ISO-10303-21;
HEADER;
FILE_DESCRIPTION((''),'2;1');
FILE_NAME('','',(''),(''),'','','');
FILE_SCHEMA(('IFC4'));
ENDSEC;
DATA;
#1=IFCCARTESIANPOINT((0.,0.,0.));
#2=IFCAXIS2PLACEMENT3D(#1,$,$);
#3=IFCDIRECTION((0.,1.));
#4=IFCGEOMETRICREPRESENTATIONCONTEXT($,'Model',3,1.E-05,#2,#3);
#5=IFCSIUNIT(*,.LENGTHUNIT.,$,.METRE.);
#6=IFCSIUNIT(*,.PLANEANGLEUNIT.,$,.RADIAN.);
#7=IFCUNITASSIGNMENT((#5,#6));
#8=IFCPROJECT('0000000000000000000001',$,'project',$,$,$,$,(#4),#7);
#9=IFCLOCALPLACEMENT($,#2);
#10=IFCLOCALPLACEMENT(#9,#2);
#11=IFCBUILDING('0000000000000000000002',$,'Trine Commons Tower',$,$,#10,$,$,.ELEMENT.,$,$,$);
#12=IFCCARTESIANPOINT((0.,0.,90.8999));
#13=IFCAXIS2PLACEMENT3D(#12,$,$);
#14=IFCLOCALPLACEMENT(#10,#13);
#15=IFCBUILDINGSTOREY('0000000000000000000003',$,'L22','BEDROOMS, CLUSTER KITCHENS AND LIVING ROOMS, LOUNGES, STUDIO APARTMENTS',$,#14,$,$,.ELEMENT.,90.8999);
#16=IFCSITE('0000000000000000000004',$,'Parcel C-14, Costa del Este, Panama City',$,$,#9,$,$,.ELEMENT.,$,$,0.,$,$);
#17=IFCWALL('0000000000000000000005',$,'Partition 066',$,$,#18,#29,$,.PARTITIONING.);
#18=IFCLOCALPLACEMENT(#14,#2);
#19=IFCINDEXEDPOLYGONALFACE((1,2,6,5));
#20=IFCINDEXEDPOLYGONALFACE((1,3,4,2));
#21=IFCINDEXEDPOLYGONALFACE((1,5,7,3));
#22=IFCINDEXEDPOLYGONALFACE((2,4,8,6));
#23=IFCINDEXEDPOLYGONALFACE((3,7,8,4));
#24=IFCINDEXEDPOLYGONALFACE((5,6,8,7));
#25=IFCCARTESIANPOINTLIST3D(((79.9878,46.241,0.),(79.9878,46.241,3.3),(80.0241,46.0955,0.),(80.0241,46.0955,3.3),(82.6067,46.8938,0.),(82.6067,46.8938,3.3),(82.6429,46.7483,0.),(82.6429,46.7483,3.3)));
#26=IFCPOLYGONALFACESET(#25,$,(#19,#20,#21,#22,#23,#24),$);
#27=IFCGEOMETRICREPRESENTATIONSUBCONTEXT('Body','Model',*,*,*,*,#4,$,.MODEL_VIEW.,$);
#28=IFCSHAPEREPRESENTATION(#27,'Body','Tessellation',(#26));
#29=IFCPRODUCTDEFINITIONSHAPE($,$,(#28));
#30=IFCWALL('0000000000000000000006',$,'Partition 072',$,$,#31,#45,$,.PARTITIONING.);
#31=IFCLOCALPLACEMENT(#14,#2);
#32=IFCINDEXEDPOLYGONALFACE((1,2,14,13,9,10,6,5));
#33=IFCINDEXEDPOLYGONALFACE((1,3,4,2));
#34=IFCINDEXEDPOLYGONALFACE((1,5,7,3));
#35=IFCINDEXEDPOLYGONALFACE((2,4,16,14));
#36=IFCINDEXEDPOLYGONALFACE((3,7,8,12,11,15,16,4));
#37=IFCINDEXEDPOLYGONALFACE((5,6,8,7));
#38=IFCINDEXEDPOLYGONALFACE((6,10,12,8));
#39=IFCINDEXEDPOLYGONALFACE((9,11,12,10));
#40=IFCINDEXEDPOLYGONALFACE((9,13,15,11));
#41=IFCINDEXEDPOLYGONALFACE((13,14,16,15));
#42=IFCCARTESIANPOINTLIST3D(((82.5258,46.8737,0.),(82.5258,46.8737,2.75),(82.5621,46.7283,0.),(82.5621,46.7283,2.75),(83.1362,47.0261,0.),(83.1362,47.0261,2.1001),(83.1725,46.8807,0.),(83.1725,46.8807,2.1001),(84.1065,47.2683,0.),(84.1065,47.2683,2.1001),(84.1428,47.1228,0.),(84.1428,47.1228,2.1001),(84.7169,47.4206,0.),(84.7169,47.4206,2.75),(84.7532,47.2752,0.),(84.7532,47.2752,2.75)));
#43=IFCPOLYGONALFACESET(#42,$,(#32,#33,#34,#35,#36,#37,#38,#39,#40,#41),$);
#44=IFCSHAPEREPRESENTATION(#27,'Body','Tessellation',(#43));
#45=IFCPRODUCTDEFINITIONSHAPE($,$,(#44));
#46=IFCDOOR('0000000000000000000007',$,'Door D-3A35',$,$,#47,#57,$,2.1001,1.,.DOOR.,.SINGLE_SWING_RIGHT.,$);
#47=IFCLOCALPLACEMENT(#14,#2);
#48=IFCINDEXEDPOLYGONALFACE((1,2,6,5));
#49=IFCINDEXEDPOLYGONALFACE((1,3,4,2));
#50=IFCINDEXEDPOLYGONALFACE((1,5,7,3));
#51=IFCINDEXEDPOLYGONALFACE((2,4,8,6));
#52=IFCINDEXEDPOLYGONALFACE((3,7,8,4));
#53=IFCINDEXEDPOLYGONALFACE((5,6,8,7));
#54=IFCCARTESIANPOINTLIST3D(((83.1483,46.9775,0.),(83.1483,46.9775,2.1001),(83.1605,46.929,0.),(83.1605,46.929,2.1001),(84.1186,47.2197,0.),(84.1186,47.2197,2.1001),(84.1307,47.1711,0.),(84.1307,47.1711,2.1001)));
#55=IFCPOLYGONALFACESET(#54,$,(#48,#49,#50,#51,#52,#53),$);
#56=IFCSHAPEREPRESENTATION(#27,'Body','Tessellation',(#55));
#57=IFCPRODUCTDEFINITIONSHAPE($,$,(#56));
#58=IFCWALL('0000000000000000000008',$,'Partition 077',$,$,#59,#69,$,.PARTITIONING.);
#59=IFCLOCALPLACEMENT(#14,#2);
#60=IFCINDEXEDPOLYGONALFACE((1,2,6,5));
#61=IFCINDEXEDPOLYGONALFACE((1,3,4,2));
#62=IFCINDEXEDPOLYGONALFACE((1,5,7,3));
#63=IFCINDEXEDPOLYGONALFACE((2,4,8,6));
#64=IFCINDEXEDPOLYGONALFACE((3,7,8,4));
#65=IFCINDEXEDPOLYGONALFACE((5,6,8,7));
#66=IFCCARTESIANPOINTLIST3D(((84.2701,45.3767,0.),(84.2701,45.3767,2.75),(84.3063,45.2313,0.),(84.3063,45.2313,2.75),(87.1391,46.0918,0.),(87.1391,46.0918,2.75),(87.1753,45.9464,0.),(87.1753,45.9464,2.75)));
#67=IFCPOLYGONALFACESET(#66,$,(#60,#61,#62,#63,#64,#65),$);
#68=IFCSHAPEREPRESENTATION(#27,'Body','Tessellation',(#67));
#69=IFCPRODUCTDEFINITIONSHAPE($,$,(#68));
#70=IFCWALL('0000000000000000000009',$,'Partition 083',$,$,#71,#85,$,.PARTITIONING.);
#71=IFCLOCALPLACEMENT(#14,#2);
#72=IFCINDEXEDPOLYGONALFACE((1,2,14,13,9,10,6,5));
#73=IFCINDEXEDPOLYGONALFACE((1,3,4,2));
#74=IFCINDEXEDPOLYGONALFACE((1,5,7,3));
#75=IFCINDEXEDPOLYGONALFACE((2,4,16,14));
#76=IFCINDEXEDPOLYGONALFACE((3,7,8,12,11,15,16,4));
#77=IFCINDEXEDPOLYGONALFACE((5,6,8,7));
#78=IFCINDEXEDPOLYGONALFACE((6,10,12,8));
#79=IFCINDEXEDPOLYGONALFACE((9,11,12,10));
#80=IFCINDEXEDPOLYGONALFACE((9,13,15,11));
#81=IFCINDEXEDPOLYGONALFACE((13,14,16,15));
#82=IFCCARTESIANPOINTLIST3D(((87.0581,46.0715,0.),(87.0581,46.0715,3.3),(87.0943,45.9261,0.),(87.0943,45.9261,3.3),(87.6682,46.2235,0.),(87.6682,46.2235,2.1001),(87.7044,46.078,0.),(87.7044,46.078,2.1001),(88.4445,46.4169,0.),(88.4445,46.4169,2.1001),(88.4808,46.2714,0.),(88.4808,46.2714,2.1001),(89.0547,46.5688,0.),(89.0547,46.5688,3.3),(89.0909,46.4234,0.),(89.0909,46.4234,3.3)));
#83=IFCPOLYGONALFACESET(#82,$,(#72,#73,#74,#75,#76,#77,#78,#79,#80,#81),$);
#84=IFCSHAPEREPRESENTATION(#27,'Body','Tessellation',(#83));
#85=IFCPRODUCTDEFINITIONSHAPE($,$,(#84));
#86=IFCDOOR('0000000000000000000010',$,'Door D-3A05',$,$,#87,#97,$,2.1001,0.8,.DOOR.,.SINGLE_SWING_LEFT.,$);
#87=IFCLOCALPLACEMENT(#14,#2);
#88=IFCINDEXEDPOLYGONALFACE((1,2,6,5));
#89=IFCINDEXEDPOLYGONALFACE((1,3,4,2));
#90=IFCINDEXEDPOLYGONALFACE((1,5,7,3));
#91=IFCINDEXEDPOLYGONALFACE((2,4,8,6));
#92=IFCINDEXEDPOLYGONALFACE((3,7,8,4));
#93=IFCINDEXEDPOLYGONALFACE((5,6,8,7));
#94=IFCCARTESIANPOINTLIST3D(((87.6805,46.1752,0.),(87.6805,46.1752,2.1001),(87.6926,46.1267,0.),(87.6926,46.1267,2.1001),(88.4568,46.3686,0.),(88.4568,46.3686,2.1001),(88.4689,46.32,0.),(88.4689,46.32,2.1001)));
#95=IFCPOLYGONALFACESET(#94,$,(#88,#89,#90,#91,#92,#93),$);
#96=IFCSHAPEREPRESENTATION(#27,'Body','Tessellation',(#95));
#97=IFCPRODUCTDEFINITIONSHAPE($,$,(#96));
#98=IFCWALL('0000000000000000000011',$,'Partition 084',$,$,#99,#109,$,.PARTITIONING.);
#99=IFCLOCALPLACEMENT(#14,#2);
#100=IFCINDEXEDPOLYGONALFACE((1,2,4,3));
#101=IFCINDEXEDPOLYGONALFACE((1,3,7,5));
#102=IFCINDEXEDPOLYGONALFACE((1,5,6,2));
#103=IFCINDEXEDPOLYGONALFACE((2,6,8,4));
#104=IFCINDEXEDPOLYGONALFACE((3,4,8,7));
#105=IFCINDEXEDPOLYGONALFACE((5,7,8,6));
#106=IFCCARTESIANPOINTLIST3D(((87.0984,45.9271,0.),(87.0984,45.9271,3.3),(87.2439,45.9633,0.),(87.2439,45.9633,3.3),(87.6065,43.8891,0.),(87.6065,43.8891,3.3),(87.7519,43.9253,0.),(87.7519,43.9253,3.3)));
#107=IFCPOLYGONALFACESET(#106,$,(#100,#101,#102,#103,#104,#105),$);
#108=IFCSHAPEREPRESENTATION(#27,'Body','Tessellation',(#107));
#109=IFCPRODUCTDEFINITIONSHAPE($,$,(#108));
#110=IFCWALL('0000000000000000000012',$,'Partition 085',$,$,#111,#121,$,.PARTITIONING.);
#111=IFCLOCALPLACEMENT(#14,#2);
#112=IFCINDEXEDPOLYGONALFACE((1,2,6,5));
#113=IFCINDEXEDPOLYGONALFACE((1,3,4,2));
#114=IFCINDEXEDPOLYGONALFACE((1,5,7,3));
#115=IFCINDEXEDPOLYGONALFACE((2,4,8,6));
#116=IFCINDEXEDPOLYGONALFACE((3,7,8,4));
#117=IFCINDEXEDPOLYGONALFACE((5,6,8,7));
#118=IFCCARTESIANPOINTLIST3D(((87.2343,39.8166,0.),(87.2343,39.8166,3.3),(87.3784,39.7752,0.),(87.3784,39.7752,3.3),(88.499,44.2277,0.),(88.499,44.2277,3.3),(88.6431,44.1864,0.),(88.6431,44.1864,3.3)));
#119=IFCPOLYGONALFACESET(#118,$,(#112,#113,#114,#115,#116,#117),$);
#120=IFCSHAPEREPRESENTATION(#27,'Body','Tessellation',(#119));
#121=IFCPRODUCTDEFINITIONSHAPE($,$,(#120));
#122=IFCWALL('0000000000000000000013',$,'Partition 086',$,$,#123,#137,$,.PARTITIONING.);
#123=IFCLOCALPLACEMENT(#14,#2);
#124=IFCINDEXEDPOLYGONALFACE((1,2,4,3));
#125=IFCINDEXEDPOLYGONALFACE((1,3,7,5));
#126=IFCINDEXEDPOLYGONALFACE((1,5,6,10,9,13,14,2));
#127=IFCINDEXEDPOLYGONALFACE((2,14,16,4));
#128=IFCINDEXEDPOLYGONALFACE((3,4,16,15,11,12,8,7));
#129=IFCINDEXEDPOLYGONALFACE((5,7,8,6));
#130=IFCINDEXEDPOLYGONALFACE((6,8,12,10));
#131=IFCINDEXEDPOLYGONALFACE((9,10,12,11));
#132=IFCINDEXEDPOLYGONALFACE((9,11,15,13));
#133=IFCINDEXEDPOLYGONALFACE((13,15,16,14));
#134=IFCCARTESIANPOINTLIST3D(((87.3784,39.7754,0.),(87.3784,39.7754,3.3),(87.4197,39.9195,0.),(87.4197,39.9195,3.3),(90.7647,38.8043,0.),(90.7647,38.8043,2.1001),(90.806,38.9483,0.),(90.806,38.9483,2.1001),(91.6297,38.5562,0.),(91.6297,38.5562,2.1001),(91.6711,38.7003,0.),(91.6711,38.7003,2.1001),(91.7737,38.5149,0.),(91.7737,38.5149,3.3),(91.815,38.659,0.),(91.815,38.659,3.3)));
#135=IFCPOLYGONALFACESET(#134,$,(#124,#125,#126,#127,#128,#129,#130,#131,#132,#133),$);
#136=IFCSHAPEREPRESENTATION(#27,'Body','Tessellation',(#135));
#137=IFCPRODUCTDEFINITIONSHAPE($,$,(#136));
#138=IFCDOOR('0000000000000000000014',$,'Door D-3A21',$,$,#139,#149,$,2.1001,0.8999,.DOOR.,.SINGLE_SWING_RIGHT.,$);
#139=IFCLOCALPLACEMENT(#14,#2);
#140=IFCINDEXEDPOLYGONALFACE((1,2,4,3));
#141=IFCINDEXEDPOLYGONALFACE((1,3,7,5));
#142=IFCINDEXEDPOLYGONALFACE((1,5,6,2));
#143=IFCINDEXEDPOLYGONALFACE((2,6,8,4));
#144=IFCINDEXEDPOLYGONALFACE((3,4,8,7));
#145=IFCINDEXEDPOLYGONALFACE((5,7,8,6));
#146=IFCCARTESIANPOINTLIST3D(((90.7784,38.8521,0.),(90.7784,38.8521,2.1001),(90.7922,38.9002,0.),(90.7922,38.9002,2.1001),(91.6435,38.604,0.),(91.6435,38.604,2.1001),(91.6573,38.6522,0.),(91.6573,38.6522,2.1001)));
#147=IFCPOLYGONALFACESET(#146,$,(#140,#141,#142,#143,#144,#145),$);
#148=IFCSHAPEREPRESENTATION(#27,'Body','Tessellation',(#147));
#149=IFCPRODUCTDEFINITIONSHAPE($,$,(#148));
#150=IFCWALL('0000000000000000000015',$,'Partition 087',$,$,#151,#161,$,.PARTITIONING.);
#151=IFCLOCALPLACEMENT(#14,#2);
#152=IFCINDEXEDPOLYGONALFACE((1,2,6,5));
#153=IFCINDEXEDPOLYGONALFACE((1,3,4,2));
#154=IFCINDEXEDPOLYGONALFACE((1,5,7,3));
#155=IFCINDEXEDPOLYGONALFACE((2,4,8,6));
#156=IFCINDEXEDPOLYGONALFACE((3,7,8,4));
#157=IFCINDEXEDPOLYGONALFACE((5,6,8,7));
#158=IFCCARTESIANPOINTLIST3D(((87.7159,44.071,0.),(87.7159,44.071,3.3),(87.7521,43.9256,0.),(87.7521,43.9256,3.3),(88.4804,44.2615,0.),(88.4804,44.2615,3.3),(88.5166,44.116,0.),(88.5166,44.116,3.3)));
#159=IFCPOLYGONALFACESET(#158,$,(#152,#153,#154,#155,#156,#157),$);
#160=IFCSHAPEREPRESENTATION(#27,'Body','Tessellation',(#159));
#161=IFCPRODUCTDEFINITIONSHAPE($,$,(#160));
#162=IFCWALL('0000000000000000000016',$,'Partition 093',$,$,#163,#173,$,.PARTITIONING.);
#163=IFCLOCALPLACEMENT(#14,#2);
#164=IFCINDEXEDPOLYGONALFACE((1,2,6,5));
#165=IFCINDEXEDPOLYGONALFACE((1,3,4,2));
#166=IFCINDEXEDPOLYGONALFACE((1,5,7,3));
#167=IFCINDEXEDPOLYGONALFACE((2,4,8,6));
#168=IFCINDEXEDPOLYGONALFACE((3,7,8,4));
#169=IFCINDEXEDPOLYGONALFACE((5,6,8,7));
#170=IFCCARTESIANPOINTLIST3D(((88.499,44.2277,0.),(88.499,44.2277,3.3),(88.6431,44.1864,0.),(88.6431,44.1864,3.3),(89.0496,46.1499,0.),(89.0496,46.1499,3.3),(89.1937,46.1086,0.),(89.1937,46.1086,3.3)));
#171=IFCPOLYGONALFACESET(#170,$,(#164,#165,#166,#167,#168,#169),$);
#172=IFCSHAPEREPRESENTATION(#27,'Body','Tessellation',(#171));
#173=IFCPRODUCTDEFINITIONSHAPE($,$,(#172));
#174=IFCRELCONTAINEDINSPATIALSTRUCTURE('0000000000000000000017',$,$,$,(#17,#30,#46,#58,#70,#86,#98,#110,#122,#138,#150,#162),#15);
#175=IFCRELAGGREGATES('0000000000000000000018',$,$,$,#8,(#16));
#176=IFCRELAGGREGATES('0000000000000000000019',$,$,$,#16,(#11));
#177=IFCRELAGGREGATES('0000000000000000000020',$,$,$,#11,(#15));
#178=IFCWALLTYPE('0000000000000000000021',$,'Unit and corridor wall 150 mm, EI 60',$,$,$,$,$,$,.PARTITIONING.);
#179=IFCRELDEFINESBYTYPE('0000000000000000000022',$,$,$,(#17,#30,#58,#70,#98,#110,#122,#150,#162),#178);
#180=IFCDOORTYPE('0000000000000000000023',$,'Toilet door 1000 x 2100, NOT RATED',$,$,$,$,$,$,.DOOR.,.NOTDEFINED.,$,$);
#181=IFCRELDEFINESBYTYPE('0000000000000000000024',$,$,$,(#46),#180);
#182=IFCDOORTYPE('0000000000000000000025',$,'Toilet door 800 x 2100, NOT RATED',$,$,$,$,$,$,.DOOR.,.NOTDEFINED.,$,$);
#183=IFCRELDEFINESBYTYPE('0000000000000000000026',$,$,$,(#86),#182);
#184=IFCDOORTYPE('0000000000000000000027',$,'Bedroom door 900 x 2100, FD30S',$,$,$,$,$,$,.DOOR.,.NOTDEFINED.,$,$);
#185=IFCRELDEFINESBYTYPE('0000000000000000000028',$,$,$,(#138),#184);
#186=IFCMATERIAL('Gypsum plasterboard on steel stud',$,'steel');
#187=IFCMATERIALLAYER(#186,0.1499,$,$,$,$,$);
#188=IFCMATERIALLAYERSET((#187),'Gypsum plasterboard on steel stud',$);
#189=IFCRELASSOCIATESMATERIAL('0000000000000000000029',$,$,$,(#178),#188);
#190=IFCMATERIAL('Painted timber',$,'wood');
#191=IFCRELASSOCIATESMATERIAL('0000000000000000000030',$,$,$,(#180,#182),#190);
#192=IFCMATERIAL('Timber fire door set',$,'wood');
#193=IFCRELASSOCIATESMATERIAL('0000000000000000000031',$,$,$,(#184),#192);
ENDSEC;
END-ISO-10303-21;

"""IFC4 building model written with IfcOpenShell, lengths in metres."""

from ifc_helpers import new_model, si_unit, direction, frame, frame_2d, origin, place, context, subcontext, project, spatial, rectangle, extrude, material, layer, layer_set, type_object, element, fill, save


model = new_model("IFC4")

# Units and contexts
model_context = context("Model", 3, precision=1e-05, world=origin(), true_north=direction((0.0, 1.0)))
body_context = subcontext(model_context, "Body", "Model", "MODEL_VIEW")
ifc_project = project(units=[si_unit("LENGTHUNIT", "METRE"), si_unit("PLANEANGLEUNIT", "RADIAN")], contexts=[model_context])

# Site, building, storey
site_placement = place(None, origin())
site = spatial("IfcSite", under=ifc_project, at=site_placement, Name="Parcel C-14, Costa del Este, Panama City", CompositionType="ELEMENT", RefElevation=0.0)
building_placement = place(site_placement, origin())
building = spatial("IfcBuilding", under=site, at=building_placement, Name="Trine Commons Tower", CompositionType="ELEMENT")
storey_placement = place(building_placement, frame((0.0, 0.0, 90.8999)))
storey = spatial("IfcBuildingStorey", under=building, at=storey_placement, Name="L22", Description="BEDROOMS, CLUSTER KITCHENS AND LIVING ROOMS, LOUNGES, STUDIO APARTMENTS", CompositionType="ELEMENT", Elevation=90.8999)

# Shared definitions
ifc_material_1 = material(Name="Gypsum plasterboard on steel stud", Category="steel")
ifc_layer_1 = layer(ifc_material_1, 0.1499)
ifc_layer_set_1 = layer_set([ifc_layer_1], Name="Gypsum plasterboard on steel stud")
wall_type_1 = type_object("IfcWallType", Name="Unit and corridor wall 150 mm, EI 60", PredefinedType="PARTITIONING", material=ifc_layer_set_1)
ifc_material_2 = material(Name="Timber fire door set", Category="wood")

# Wall
wall_1_placement = place(storey_placement, frame((80.0059, 46.1682, 0.0), z_axis=(0.0, 0.0, 1.0), x_axis=(0.970307, 0.241876, 0.0)))
element("IfcWall", 1, at=wall_1_placement, inside=storey, type_object=wall_type_1, Name="Partition 066", PredefinedType="PARTITIONING", context=body_context, shape_type="SweptSolid", body=[
    extrude(rectangle(XDim=2.699, YDim=0.1499, at=frame_2d((1.3496, 0.0))), origin(), (0.0, 0.0, 1.0), 3.3),
])

# Wall, opening, door
wall_2_placement = place(storey_placement, frame((82.5439, 46.801, 0.0), z_axis=(0.0, 0.0, 1.0), x_axis=(0.970238, 0.242154, 0.0)))
wall_2 = element("IfcWall", 2, at=wall_2_placement, inside=storey, type_object=wall_type_1, Name="Partition 072", PredefinedType="PARTITIONING", context=body_context, shape_type="SweptSolid", body=[
    extrude(rectangle(XDim=2.2583, YDim=0.1499, at=frame_2d((1.1292, 0.0))), origin(), (0.0, 0.0, 1.0), 2.75),
])
opening_1_placement = place(wall_2_placement, frame((0.6292, 0.0, 0.0)))
opening_1 = element("IfcOpeningElement", 3, at=opening_1_placement, cuts=wall_2, PredefinedType="OPENING", context=body_context, shape_type="SweptSolid", body=[
    extrude(rectangle(XDim=1.0, YDim=2.1001, at=frame_2d((0.5, 1.05))), frame((0.0, 0.085, 0.0), z_axis=(0.0, -1.0, 0.0), x_axis=(1.0, 0.0, 0.0)), (0.0, 0.0, 1.0), 0.1699),
])
ifc_material_3 = material(Name="Painted timber", Category="wood")
door_type_1 = type_object("IfcDoorType", Name="Toilet door 1000 x 2100, NOT RATED", OperationType="NOTDEFINED", PredefinedType="DOOR", material=ifc_material_3)
door_1_placement = place(opening_1_placement, origin())
door_1 = element("IfcDoor", 4, at=door_1_placement, inside=storey, type_object=door_type_1, Name="Door D-3A35", OperationType="SINGLE_SWING_RIGHT", OverallHeight=2.1001, OverallWidth=1.0, PredefinedType="DOOR", context=body_context, shape_type="SweptSolid", body=[
    extrude(rectangle(XDim=1.0, YDim=2.1001, at=frame_2d((0.5, 1.05))), frame((0.0, 0.0249, 0.0), z_axis=(0.0, -1.0, 0.0), x_axis=(1.0, 0.0, 0.0)), (0.0, 0.0, 1.0), 0.05),
])
fill(opening_1, door_1)

# Wall
wall_3_placement = place(storey_placement, frame((84.2881, 45.304, 0.0), z_axis=(0.0, 0.0, 1.0), x_axis=(0.970312, 0.241856, 0.0)))
element("IfcWall", 5, at=wall_3_placement, inside=storey, type_object=wall_type_1, Name="Partition 077", PredefinedType="PARTITIONING", context=body_context, shape_type="SweptSolid", body=[
    extrude(rectangle(XDim=2.9568, YDim=0.1499, at=frame_2d((1.4785, 0.0))), origin(), (0.0, 0.0, 1.0), 2.75),
])

# Wall, opening, door
wall_4_placement = place(storey_placement, frame((87.0762, 45.9988, 0.0), z_axis=(0.0, 0.0, 1.0), x_axis=(0.970352, 0.241698, 0.0)))
wall_4 = element("IfcWall", 6, at=wall_4_placement, inside=storey, type_object=wall_type_1, Name="Partition 083", PredefinedType="PARTITIONING", context=body_context, shape_type="SweptSolid", body=[
    extrude(rectangle(XDim=2.0576, YDim=0.1499, at=frame_2d((1.0288, 0.0))), origin(), (0.0, 0.0, 1.0), 3.3),
])
opening_2_placement = place(wall_4_placement, frame((0.6289, 0.0, 0.0)))
opening_2 = element("IfcOpeningElement", 7, at=opening_2_placement, cuts=wall_4, PredefinedType="OPENING", context=body_context, shape_type="SweptSolid", body=[
    extrude(rectangle(XDim=0.8, YDim=2.1001, at=frame_2d((0.3999, 1.05))), frame((0.0, 0.085, 0.0), z_axis=(0.0, -1.0, 0.0), x_axis=(1.0, 0.0, 0.0)), (0.0, 0.0, 1.0), 0.1699),
])
door_type_2 = type_object("IfcDoorType", Name="Toilet door 800 x 2100, NOT RATED", OperationType="NOTDEFINED", PredefinedType="DOOR", material=ifc_material_3)
door_2_placement = place(opening_2_placement, frame((0.8, 0.0, 0.0), z_axis=(0.0, 0.0, 1.0), x_axis=(-1.0, 0.0, 0.0)))
door_2 = element("IfcDoor", 8, at=door_2_placement, inside=storey, type_object=door_type_2, Name="Door D-3A05", OperationType="SINGLE_SWING_LEFT", OverallHeight=2.1001, OverallWidth=0.8, PredefinedType="DOOR", context=body_context, shape_type="SweptSolid", body=[
    extrude(rectangle(XDim=0.8, YDim=2.1001, at=frame_2d((0.3999, 1.05))), frame((0.0, 0.0249, 0.0), z_axis=(0.0, -1.0, 0.0), x_axis=(1.0, 0.0, 0.0)), (0.0, 0.0, 1.0), 0.05),
])
fill(opening_2, door_2)

# Walls
wall_5_placement = place(storey_placement, frame((87.1711, 45.9453, 0.0), z_axis=(0.0, 0.0, 1.0), x_axis=(0.241879, -0.970306, 0.0)))
element("IfcWall", 9, at=wall_5_placement, inside=storey, type_object=wall_type_1, Name="Partition 084", PredefinedType="PARTITIONING", context=body_context, shape_type="SweptSolid", body=[
    extrude(rectangle(XDim=2.1003, YDim=0.1499, at=frame_2d((1.0503, 0.0))), origin(), (0.0, 0.0, 1.0), 3.3),
])
wall_6_placement = place(storey_placement, frame((87.3064, 39.7959, 0.0), z_axis=(0.0, 0.0, 1.0), x_axis=(0.275592, 0.961275, 0.0)))
element("IfcWall", 10, at=wall_6_placement, inside=storey, type_object=wall_type_1, Name="Partition 085", PredefinedType="PARTITIONING", context=body_context, shape_type="SweptSolid", body=[
    extrude(rectangle(XDim=4.5889, YDim=0.1499, at=frame_2d((2.2944, 0.0))), origin(), (0.0, 0.0, 1.0), 3.3),
])

# Wall, opening, door
wall_7_placement = place(storey_placement, frame((87.3992, 39.8474, 0.0), z_axis=(0.0, 0.0, 1.0), x_axis=(0.961251, -0.275673, 0.0)))
wall_7 = element("IfcWall", 11, at=wall_7_placement, inside=storey, type_object=wall_type_1, Name="Partition 086", PredefinedType="PARTITIONING", context=body_context, shape_type="SweptSolid", body=[
    extrude(rectangle(XDim=4.5725, YDim=0.1499, at=frame_2d((2.2861, 0.0))), origin(), (0.0, 0.0, 1.0), 3.3),
])
opening_3_placement = place(wall_7_placement, frame((3.5227, 0.0, 0.0)))
opening_3 = element("IfcOpeningElement", 12, at=opening_3_placement, cuts=wall_7, PredefinedType="OPENING", context=body_context, shape_type="SweptSolid", body=[
    extrude(rectangle(XDim=0.8999, YDim=2.1001, at=frame_2d((0.45, 1.05))), frame((0.0, 0.085, 0.0), z_axis=(0.0, -1.0, 0.0), x_axis=(1.0, 0.0, 0.0)), (0.0, 0.0, 1.0), 0.1699),
])
door_type_3 = type_object("IfcDoorType", Name="Bedroom door 900 x 2100, FD30S", OperationType="NOTDEFINED", PredefinedType="DOOR", material=ifc_material_2)
door_3_placement = place(opening_3_placement, origin())
door_3 = element("IfcDoor", 13, at=door_3_placement, inside=storey, type_object=door_type_3, Name="Door D-3A21", OperationType="SINGLE_SWING_RIGHT", OverallHeight=2.1001, OverallWidth=0.8999, PredefinedType="DOOR", context=body_context, shape_type="SweptSolid", body=[
    extrude(rectangle(XDim=0.8999, YDim=2.1001, at=frame_2d((0.45, 1.05))), frame((0.0, 0.0249, 0.0), z_axis=(0.0, -1.0, 0.0), x_axis=(1.0, 0.0, 0.0)), (0.0, 0.0, 1.0), 0.05),
])
fill(opening_3, door_3)

# Walls
wall_8_placement = place(storey_placement, frame((87.7339, 43.9983, 0.0), z_axis=(0.0, 0.0, 1.0), x_axis=(0.970343, 0.241733, 0.0)))
element("IfcWall", 14, at=wall_8_placement, inside=storey, type_object=wall_type_1, Name="Partition 087", PredefinedType="PARTITIONING", context=body_context, shape_type="SweptSolid", body=[
    extrude(rectangle(XDim=0.7878, YDim=0.1499, at=frame_2d((0.394, 0.0))), origin(), (0.0, 0.0, 1.0), 3.3),
])
wall_9_placement = place(storey_placement, frame((88.571, 44.207, 0.0), z_axis=(0.0, 0.0, 1.0), x_axis=(0.27535, 0.961344, 0.0)))
element("IfcWall", 15, at=wall_9_placement, inside=storey, type_object=wall_type_1, Name="Partition 093", PredefinedType="PARTITIONING", context=body_context, shape_type="SweptSolid", body=[
    extrude(rectangle(XDim=1.9995, YDim=0.1499, at=frame_2d((0.9998, 0.0))), origin(), (0.0, 0.0, 1.0), 3.3),
])

save(model, "model.ifc")
